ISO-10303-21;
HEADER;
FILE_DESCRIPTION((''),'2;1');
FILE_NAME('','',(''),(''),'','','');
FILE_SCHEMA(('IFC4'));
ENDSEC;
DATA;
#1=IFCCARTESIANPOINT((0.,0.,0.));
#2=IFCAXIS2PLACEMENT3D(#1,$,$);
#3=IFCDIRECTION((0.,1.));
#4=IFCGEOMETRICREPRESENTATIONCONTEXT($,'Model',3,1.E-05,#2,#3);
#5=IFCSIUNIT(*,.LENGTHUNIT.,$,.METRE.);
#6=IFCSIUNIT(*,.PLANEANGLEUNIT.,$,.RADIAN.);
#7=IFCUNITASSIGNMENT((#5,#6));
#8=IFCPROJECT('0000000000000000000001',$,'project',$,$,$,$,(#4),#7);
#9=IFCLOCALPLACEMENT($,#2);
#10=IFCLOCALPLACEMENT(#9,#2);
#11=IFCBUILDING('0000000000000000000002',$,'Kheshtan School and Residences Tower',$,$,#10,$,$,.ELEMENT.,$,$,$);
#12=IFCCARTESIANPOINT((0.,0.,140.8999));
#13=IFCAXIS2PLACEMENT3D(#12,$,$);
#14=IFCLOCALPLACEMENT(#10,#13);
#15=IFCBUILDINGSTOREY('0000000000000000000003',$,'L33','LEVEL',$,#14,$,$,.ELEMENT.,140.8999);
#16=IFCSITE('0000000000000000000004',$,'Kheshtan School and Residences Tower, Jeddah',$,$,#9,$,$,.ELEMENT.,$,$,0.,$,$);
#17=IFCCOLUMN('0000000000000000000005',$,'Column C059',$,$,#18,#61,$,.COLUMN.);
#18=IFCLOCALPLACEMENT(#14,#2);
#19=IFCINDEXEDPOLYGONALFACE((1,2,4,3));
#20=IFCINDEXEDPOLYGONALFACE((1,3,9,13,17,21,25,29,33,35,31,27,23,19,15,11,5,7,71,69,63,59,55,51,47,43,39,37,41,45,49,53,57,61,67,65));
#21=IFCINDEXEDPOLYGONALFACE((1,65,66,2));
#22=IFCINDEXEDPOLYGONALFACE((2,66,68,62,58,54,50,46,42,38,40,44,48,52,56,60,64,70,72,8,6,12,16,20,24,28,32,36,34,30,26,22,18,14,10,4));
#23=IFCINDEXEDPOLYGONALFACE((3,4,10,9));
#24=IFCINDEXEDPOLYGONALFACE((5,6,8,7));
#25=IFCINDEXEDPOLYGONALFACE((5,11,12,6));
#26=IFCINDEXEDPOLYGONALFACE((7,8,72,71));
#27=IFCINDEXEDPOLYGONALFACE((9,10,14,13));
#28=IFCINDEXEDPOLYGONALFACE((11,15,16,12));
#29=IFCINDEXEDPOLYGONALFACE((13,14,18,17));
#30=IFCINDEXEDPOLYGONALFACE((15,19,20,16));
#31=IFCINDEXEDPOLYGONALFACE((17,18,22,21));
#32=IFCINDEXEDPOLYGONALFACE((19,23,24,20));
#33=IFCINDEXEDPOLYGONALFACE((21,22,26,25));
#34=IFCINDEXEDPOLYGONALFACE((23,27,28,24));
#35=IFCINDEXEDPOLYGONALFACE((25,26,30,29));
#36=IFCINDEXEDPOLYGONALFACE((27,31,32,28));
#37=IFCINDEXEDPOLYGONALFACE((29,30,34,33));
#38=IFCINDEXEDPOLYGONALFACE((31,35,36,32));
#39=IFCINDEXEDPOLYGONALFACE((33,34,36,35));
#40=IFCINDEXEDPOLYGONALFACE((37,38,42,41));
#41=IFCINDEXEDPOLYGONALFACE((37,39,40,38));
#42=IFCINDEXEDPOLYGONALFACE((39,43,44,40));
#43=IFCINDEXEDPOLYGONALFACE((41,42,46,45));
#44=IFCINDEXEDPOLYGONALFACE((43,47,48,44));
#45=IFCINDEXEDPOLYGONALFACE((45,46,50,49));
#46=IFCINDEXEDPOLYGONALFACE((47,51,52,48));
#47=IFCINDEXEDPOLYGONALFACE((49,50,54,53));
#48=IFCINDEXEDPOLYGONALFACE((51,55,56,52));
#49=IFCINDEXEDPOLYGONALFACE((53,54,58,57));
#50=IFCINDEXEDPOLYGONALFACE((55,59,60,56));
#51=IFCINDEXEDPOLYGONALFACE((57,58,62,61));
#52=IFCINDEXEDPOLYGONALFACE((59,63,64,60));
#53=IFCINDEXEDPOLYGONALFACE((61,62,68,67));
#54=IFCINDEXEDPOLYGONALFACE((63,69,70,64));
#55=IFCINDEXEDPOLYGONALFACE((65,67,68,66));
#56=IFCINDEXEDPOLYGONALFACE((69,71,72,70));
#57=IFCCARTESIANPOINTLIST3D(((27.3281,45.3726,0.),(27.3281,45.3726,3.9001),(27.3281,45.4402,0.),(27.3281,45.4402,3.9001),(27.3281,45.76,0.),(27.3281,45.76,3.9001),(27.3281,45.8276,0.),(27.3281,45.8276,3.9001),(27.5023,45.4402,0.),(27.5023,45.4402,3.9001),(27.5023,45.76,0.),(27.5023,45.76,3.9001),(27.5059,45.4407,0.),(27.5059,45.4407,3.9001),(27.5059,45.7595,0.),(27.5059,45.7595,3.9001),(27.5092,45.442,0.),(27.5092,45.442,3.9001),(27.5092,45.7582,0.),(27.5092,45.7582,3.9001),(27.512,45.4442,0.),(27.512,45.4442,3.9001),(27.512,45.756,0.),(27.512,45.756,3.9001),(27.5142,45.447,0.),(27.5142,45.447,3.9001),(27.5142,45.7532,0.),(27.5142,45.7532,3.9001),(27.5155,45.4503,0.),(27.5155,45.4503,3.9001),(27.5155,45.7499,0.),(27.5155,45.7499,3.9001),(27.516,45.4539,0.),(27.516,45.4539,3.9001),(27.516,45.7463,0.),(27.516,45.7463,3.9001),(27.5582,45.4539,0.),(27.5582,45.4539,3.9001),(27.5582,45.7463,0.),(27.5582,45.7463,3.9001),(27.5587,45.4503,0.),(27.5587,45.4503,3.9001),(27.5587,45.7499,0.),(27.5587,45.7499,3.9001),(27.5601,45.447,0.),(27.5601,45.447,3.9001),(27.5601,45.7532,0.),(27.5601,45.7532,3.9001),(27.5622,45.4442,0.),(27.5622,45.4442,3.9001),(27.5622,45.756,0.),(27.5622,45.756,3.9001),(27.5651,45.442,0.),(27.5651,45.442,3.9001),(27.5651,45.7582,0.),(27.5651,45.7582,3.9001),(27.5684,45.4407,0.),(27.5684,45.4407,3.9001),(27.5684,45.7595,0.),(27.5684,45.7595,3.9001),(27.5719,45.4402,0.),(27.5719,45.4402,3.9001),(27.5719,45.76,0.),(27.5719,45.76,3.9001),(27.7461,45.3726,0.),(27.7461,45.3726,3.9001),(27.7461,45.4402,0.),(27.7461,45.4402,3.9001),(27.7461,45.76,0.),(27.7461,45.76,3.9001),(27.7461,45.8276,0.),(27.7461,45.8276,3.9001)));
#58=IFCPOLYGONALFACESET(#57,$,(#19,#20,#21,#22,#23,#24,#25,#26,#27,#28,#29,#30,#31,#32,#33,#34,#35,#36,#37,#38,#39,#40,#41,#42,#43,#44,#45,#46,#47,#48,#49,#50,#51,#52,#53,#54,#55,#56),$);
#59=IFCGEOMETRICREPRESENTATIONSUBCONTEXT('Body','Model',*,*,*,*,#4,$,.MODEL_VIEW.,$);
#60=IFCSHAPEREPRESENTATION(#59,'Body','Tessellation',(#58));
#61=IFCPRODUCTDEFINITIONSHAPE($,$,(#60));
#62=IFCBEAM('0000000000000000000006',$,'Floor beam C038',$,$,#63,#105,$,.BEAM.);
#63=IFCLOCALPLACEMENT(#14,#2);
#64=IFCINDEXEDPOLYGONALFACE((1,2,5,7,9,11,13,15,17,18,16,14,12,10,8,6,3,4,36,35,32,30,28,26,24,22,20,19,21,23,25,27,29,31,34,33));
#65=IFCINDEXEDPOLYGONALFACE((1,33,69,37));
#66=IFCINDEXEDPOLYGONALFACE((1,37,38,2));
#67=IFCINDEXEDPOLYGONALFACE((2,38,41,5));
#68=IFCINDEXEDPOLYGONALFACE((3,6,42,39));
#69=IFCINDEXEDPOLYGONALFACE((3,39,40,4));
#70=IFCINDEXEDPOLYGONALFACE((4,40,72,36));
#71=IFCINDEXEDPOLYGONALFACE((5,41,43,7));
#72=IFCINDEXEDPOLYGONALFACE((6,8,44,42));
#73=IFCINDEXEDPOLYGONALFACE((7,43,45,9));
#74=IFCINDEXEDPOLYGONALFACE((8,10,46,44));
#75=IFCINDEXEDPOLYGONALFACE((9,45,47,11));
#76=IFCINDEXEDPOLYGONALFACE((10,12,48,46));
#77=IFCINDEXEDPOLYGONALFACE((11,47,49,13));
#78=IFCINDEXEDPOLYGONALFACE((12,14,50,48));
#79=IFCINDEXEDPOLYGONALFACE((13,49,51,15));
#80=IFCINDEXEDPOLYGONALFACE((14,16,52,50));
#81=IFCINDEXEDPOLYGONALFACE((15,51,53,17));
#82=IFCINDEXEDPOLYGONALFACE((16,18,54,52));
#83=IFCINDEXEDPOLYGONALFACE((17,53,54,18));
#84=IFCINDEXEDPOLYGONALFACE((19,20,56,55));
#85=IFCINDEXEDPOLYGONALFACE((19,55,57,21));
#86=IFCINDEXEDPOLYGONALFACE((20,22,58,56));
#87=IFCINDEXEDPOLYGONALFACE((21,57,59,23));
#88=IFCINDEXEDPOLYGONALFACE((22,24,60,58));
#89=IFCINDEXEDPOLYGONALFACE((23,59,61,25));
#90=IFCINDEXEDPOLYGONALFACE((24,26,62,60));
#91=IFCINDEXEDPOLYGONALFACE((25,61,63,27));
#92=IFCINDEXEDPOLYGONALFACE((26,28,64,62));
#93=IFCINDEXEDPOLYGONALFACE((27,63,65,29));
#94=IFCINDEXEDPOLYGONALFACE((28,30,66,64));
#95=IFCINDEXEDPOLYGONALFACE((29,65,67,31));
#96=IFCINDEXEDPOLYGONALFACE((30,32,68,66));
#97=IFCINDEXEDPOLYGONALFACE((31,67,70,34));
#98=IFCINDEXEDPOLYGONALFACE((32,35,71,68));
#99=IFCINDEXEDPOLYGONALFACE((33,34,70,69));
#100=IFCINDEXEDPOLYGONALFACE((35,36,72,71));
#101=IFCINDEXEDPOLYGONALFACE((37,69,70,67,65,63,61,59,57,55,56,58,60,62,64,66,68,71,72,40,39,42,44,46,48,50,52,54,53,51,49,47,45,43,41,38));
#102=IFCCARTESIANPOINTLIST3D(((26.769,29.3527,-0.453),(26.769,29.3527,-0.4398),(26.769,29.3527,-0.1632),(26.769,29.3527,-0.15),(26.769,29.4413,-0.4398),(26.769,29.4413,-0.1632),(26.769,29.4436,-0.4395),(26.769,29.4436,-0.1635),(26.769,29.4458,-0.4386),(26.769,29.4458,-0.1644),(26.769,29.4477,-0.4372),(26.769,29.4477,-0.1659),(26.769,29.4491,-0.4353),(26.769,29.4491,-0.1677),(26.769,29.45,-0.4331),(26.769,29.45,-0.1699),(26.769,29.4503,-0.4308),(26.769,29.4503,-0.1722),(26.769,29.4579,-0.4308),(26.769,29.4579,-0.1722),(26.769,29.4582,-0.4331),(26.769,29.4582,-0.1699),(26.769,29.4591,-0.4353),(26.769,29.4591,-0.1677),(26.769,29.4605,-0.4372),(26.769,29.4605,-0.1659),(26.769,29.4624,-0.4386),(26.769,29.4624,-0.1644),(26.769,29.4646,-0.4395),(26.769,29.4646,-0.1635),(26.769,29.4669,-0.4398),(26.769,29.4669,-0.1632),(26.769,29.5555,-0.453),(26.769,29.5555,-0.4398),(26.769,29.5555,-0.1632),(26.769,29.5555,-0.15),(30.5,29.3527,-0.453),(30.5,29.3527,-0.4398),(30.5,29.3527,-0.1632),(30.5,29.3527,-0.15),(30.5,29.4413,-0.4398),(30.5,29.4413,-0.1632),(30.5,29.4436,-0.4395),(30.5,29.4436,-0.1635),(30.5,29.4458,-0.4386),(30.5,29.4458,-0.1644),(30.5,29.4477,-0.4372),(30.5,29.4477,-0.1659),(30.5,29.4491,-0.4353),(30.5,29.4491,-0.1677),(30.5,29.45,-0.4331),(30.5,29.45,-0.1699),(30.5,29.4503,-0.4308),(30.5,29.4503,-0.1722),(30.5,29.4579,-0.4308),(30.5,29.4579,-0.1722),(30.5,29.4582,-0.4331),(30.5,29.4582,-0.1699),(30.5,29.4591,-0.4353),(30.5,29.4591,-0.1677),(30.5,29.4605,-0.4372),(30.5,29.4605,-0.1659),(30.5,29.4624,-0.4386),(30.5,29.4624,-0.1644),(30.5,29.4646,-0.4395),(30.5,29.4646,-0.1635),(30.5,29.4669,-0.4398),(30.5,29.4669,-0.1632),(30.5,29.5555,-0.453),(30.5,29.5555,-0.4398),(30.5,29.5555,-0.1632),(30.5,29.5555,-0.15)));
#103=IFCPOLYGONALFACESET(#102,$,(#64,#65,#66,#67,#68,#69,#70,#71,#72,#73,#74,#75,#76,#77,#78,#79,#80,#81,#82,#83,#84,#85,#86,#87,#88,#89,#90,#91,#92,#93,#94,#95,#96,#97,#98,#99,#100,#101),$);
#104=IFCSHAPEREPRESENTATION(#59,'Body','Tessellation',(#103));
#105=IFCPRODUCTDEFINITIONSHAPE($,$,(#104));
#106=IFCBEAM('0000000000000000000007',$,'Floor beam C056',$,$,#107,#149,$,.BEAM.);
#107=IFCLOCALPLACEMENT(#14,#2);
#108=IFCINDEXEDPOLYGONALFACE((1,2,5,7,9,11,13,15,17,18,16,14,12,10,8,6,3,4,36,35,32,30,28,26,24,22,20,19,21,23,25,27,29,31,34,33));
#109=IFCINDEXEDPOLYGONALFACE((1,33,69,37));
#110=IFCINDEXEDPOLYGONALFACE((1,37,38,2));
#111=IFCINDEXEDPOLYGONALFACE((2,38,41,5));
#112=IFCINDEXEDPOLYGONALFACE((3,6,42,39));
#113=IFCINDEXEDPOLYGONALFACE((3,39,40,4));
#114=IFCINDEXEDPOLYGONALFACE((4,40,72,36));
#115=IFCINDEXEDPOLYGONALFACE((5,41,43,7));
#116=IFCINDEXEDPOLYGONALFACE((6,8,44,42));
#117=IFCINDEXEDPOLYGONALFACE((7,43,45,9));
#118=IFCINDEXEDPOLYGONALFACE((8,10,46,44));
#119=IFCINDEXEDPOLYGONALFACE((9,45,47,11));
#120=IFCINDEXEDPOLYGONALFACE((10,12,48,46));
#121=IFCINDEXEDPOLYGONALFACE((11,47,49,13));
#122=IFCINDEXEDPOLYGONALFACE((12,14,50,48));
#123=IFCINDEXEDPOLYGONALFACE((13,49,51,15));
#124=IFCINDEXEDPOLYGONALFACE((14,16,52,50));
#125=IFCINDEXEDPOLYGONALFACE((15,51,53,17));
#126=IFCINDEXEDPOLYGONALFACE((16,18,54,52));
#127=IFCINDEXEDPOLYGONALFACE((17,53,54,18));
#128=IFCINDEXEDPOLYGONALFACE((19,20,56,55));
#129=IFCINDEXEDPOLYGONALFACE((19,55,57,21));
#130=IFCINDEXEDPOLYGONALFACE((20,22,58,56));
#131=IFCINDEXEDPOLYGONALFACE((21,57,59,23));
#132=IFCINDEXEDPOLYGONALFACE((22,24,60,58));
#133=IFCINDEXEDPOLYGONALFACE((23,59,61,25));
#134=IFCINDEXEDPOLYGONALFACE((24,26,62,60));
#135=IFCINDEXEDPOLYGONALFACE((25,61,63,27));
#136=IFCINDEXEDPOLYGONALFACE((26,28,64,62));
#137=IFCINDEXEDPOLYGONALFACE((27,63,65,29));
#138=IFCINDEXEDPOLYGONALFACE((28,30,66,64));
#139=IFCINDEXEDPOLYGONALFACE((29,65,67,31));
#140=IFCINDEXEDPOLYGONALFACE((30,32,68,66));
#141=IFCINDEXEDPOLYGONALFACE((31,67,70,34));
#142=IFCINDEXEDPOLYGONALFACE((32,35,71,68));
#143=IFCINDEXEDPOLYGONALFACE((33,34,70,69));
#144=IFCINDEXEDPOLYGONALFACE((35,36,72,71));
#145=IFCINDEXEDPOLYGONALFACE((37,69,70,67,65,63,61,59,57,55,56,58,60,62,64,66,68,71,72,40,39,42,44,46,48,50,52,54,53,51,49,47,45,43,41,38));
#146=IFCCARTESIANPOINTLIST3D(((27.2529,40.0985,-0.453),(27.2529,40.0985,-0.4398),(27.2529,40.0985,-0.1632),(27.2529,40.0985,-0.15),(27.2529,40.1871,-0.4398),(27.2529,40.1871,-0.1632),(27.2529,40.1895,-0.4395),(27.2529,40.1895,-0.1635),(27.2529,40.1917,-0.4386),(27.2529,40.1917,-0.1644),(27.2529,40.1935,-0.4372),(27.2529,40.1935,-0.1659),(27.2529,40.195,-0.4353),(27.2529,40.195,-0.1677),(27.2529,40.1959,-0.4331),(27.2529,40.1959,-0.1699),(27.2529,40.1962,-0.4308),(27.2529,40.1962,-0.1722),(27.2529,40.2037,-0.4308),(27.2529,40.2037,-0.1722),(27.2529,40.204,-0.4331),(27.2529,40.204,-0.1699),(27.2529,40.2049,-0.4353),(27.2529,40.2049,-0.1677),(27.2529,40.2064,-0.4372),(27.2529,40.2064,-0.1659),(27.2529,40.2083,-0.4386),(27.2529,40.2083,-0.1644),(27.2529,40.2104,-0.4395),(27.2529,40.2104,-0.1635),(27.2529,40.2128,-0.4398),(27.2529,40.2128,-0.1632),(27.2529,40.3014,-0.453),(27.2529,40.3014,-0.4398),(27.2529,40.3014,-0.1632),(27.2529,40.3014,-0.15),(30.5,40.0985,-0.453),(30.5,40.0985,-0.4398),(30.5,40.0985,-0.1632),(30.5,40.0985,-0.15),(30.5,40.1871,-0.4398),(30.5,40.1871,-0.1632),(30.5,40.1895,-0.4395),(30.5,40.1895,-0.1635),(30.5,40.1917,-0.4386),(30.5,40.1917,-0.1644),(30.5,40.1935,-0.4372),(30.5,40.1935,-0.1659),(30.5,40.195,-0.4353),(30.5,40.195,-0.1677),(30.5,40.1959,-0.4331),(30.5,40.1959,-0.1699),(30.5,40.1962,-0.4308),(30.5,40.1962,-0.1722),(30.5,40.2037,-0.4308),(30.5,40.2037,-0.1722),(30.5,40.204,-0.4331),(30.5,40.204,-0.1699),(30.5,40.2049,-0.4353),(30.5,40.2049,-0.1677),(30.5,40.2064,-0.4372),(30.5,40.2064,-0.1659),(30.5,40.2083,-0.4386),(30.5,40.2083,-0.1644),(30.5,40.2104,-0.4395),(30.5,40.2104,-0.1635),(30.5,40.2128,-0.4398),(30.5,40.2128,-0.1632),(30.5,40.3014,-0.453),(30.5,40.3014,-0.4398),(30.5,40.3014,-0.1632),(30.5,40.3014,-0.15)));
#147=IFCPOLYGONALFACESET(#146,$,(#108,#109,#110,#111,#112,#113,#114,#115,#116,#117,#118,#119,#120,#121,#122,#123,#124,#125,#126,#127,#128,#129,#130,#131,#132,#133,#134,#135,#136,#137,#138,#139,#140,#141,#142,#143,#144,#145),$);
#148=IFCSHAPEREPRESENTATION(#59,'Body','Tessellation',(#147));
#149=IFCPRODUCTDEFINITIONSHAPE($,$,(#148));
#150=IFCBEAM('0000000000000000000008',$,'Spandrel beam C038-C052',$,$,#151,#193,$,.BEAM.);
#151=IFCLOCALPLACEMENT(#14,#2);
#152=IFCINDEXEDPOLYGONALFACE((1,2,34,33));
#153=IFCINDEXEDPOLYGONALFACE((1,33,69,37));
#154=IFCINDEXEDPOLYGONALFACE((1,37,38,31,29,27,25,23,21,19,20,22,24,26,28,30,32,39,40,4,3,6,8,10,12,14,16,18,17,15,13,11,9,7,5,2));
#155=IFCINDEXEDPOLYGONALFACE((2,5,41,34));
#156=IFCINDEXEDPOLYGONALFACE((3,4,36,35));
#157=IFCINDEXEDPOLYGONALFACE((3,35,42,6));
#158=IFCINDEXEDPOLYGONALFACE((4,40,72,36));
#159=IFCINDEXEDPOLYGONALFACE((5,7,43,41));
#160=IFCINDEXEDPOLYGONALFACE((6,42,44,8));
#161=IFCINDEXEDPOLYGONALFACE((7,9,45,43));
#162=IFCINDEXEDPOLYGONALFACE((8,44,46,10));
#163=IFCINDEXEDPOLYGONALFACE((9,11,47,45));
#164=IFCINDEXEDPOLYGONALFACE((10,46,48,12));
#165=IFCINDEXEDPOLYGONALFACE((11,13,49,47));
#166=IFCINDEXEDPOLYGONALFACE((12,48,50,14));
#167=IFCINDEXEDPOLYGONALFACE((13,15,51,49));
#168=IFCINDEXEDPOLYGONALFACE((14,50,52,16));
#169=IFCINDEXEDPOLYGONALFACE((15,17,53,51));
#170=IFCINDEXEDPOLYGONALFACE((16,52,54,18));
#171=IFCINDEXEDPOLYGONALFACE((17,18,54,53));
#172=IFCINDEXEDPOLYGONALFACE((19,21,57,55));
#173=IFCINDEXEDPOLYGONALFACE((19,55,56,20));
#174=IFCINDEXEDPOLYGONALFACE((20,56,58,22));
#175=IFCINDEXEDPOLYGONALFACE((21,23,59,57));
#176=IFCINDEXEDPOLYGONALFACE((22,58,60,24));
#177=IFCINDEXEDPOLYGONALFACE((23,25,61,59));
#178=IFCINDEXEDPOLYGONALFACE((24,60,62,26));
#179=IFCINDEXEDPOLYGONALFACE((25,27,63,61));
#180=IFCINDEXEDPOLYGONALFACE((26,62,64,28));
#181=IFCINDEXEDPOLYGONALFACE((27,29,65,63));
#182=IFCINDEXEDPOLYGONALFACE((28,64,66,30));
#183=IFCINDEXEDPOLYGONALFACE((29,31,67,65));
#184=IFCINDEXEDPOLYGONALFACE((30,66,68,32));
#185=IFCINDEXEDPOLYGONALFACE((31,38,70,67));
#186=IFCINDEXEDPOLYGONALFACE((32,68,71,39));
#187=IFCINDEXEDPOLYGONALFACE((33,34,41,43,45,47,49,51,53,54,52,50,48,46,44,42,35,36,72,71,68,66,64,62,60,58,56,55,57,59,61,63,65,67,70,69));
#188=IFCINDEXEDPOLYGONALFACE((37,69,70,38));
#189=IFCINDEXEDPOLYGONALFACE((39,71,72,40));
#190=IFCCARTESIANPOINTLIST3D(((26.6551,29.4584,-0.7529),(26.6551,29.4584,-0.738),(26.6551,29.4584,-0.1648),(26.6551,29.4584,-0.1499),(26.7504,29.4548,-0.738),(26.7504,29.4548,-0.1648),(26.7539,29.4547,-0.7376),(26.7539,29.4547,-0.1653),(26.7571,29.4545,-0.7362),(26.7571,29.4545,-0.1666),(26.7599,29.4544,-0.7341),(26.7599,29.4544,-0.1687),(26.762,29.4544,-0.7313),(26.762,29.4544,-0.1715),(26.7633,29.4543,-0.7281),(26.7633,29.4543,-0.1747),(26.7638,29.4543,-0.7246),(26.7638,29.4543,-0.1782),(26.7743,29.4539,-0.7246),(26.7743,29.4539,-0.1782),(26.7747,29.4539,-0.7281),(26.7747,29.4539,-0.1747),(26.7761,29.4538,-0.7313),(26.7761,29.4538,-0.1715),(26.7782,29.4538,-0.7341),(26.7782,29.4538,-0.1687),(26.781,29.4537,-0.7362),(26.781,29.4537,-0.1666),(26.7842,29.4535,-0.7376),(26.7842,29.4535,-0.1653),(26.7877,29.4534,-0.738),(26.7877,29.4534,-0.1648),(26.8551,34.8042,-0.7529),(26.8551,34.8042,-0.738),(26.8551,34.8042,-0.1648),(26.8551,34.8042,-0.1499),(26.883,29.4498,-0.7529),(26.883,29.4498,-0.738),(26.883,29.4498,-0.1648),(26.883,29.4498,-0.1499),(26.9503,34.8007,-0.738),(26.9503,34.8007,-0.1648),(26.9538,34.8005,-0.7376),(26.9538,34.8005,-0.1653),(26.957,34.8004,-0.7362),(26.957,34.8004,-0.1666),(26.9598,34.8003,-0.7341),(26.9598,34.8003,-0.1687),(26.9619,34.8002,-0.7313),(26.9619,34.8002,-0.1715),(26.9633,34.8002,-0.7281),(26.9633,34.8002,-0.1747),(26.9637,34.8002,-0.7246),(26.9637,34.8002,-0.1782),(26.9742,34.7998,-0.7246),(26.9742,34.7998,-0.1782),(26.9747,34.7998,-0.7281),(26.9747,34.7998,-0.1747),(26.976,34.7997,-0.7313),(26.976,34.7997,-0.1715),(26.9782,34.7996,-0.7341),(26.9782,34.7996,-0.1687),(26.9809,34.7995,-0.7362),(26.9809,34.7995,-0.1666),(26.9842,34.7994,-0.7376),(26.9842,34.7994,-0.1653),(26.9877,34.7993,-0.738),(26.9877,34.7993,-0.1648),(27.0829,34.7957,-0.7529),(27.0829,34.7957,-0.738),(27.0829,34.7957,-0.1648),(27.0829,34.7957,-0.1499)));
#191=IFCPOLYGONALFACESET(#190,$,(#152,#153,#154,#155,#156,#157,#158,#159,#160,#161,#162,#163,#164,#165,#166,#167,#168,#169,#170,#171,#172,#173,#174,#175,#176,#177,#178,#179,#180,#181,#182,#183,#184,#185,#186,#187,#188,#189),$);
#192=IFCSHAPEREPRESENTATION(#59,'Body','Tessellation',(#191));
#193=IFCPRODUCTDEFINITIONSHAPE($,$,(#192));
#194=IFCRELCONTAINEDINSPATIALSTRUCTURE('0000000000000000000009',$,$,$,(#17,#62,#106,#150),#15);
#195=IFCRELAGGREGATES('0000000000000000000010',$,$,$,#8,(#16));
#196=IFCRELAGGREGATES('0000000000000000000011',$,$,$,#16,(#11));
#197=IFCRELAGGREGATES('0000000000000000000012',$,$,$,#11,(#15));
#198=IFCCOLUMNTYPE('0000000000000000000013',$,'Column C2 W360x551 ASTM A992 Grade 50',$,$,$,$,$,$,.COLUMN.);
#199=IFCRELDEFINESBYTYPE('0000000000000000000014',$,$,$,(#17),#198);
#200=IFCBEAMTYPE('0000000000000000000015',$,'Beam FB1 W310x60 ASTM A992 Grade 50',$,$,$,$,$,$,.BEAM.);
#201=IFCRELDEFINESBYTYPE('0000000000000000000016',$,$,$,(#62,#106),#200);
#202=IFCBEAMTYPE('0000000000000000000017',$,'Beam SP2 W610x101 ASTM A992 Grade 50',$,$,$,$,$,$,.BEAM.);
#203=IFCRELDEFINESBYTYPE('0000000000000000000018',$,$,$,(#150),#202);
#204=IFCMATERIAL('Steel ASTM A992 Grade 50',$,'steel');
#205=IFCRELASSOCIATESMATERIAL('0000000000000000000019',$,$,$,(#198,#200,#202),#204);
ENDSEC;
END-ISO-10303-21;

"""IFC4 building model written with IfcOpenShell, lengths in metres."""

from ifc_helpers import new_model, si_unit, direction, frame, origin, origin_2d, place, context, subcontext, project, spatial, i_section, extrude, material, material_profile, profile_set, type_object, element, save


model = new_model("IFC4")

# Units and contexts
model_context = context("Model", 3, precision=1e-05, world=origin(), true_north=direction((0.0, 1.0)))
body_context = subcontext(model_context, "Body", "Model", "MODEL_VIEW")
ifc_project = project(units=[si_unit("LENGTHUNIT", "METRE"), si_unit("PLANEANGLEUNIT", "RADIAN")], contexts=[model_context])

# Site, building, storey
site_placement = place(None, origin())
site = spatial("IfcSite", under=ifc_project, at=site_placement, Name="Kheshtan School and Residences Tower, Jeddah", CompositionType="ELEMENT", RefElevation=0.0)
building_placement = place(site_placement, origin())
building = spatial("IfcBuilding", under=site, at=building_placement, Name="Kheshtan School and Residences Tower", CompositionType="ELEMENT")
storey_placement = place(building_placement, frame((0.0, 0.0, 140.8999)))
storey = spatial("IfcBuildingStorey", under=building, at=storey_placement, Name="L33", Description="LEVEL", CompositionType="ELEMENT", Elevation=140.8999)

# Column
ifc_material_1 = material(Name="Steel ASTM A992 Grade 50", Category="steel")
ifc_material_profile_1 = material_profile(ifc_material_1, i_section(OverallWidth=0.418, OverallDepth=0.4551, WebThickness=0.0422, FlangeThickness=0.0676, FilletRadius=0.0137, at=origin_2d()), Name="W360x551")
ifc_profile_set_1 = profile_set([ifc_material_profile_1], Name="Steel ASTM A992 Grade 50")
column_type = type_object("IfcColumnType", Name="Column C2 W360x551 ASTM A992 Grade 50", PredefinedType="COLUMN", material=ifc_profile_set_1)
for number, where, z_axis, x_axis, name in (
    (1, (27.5371, 45.6001, 0.0), (0.0, 0.0, 1.0), (1.0, 0.0, 0.0), "Column C059"),
):
    element("IfcColumn", number, at=place(storey_placement, frame(where, z_axis=z_axis, x_axis=x_axis)), inside=storey, type_object=column_type, Name=name, PredefinedType="COLUMN", context=body_context, shape_type="SweptSolid", body=[
        extrude(i_section(OverallWidth=0.418, OverallDepth=0.4551, WebThickness=0.0422, FlangeThickness=0.0676, FilletRadius=0.0137, at=origin_2d()), origin(), (0.0, 0.0, 1.0), 3.9001),
    ])

# Beams
ifc_material_profile_2 = material_profile(ifc_material_1, i_section(OverallWidth=0.2029, OverallDepth=0.303, WebThickness=0.0076, FlangeThickness=0.0132, FilletRadius=0.009, at=origin_2d()), Name="W310x60")
ifc_profile_set_2 = profile_set([ifc_material_profile_2], Name="Steel ASTM A992 Grade 50")
beam_type_1 = type_object("IfcBeamType", Name="Beam FB1 W310x60 ASTM A992 Grade 50", PredefinedType="BEAM", material=ifc_profile_set_2)
beam_1_placement = place(storey_placement, frame((26.769, 29.4541, -0.3015), z_axis=(1.0, 0.0, 0.0), x_axis=(0.0, 1.0, 0.0)))
element("IfcBeam", 2, at=beam_1_placement, inside=storey, type_object=beam_type_1, Name="Floor beam C038", PredefinedType="BEAM", context=body_context, shape_type="SweptSolid", body=[
    extrude(i_section(OverallWidth=0.2029, OverallDepth=0.303, WebThickness=0.0076, FlangeThickness=0.0132, FilletRadius=0.009, at=origin_2d()), origin(), (0.0, 0.0, 1.0), 3.731),
])
beam_2_placement = place(storey_placement, frame((27.2529, 40.2, -0.3015), z_axis=(1.0, 0.0, 0.0), x_axis=(0.0, 1.0, 0.0)))
element("IfcBeam", 3, at=beam_2_placement, inside=storey, type_object=beam_type_1, Name="Floor beam C056", PredefinedType="BEAM", context=body_context, shape_type="SweptSolid", body=[
    extrude(i_section(OverallWidth=0.2029, OverallDepth=0.303, WebThickness=0.0076, FlangeThickness=0.0132, FilletRadius=0.009, at=origin_2d()), origin(), (0.0, 0.0, 1.0), 3.2471),
])
ifc_material_profile_3 = material_profile(ifc_material_1, i_section(OverallWidth=0.228, OverallDepth=0.603, WebThickness=0.0105, FlangeThickness=0.0149, FilletRadius=0.0134, at=origin_2d()), Name="W610x101")
ifc_profile_set_3 = profile_set([ifc_material_profile_3], Name="Steel ASTM A992 Grade 50")
beam_type_2 = type_object("IfcBeamType", Name="Beam SP2 W610x101 ASTM A992 Grade 50", PredefinedType="BEAM", material=ifc_profile_set_3)
beam_3_placement = place(storey_placement, frame((26.769, 29.4541, -0.4514), z_axis=(0.037376, 0.999301, 0.0), x_axis=(-0.999301, 0.037376, 0.0)))
element("IfcBeam", 4, at=beam_3_placement, inside=storey, type_object=beam_type_2, Name="Spandrel beam C038-C052", PredefinedType="BEAM", context=body_context, shape_type="SweptSolid", body=[
    extrude(i_section(OverallWidth=0.228, OverallDepth=0.603, WebThickness=0.0105, FlangeThickness=0.0149, FilletRadius=0.0134, at=origin_2d()), origin(), (0.0, 0.0, 1.0), 5.3496),
])

save(model, "model.ifc")
